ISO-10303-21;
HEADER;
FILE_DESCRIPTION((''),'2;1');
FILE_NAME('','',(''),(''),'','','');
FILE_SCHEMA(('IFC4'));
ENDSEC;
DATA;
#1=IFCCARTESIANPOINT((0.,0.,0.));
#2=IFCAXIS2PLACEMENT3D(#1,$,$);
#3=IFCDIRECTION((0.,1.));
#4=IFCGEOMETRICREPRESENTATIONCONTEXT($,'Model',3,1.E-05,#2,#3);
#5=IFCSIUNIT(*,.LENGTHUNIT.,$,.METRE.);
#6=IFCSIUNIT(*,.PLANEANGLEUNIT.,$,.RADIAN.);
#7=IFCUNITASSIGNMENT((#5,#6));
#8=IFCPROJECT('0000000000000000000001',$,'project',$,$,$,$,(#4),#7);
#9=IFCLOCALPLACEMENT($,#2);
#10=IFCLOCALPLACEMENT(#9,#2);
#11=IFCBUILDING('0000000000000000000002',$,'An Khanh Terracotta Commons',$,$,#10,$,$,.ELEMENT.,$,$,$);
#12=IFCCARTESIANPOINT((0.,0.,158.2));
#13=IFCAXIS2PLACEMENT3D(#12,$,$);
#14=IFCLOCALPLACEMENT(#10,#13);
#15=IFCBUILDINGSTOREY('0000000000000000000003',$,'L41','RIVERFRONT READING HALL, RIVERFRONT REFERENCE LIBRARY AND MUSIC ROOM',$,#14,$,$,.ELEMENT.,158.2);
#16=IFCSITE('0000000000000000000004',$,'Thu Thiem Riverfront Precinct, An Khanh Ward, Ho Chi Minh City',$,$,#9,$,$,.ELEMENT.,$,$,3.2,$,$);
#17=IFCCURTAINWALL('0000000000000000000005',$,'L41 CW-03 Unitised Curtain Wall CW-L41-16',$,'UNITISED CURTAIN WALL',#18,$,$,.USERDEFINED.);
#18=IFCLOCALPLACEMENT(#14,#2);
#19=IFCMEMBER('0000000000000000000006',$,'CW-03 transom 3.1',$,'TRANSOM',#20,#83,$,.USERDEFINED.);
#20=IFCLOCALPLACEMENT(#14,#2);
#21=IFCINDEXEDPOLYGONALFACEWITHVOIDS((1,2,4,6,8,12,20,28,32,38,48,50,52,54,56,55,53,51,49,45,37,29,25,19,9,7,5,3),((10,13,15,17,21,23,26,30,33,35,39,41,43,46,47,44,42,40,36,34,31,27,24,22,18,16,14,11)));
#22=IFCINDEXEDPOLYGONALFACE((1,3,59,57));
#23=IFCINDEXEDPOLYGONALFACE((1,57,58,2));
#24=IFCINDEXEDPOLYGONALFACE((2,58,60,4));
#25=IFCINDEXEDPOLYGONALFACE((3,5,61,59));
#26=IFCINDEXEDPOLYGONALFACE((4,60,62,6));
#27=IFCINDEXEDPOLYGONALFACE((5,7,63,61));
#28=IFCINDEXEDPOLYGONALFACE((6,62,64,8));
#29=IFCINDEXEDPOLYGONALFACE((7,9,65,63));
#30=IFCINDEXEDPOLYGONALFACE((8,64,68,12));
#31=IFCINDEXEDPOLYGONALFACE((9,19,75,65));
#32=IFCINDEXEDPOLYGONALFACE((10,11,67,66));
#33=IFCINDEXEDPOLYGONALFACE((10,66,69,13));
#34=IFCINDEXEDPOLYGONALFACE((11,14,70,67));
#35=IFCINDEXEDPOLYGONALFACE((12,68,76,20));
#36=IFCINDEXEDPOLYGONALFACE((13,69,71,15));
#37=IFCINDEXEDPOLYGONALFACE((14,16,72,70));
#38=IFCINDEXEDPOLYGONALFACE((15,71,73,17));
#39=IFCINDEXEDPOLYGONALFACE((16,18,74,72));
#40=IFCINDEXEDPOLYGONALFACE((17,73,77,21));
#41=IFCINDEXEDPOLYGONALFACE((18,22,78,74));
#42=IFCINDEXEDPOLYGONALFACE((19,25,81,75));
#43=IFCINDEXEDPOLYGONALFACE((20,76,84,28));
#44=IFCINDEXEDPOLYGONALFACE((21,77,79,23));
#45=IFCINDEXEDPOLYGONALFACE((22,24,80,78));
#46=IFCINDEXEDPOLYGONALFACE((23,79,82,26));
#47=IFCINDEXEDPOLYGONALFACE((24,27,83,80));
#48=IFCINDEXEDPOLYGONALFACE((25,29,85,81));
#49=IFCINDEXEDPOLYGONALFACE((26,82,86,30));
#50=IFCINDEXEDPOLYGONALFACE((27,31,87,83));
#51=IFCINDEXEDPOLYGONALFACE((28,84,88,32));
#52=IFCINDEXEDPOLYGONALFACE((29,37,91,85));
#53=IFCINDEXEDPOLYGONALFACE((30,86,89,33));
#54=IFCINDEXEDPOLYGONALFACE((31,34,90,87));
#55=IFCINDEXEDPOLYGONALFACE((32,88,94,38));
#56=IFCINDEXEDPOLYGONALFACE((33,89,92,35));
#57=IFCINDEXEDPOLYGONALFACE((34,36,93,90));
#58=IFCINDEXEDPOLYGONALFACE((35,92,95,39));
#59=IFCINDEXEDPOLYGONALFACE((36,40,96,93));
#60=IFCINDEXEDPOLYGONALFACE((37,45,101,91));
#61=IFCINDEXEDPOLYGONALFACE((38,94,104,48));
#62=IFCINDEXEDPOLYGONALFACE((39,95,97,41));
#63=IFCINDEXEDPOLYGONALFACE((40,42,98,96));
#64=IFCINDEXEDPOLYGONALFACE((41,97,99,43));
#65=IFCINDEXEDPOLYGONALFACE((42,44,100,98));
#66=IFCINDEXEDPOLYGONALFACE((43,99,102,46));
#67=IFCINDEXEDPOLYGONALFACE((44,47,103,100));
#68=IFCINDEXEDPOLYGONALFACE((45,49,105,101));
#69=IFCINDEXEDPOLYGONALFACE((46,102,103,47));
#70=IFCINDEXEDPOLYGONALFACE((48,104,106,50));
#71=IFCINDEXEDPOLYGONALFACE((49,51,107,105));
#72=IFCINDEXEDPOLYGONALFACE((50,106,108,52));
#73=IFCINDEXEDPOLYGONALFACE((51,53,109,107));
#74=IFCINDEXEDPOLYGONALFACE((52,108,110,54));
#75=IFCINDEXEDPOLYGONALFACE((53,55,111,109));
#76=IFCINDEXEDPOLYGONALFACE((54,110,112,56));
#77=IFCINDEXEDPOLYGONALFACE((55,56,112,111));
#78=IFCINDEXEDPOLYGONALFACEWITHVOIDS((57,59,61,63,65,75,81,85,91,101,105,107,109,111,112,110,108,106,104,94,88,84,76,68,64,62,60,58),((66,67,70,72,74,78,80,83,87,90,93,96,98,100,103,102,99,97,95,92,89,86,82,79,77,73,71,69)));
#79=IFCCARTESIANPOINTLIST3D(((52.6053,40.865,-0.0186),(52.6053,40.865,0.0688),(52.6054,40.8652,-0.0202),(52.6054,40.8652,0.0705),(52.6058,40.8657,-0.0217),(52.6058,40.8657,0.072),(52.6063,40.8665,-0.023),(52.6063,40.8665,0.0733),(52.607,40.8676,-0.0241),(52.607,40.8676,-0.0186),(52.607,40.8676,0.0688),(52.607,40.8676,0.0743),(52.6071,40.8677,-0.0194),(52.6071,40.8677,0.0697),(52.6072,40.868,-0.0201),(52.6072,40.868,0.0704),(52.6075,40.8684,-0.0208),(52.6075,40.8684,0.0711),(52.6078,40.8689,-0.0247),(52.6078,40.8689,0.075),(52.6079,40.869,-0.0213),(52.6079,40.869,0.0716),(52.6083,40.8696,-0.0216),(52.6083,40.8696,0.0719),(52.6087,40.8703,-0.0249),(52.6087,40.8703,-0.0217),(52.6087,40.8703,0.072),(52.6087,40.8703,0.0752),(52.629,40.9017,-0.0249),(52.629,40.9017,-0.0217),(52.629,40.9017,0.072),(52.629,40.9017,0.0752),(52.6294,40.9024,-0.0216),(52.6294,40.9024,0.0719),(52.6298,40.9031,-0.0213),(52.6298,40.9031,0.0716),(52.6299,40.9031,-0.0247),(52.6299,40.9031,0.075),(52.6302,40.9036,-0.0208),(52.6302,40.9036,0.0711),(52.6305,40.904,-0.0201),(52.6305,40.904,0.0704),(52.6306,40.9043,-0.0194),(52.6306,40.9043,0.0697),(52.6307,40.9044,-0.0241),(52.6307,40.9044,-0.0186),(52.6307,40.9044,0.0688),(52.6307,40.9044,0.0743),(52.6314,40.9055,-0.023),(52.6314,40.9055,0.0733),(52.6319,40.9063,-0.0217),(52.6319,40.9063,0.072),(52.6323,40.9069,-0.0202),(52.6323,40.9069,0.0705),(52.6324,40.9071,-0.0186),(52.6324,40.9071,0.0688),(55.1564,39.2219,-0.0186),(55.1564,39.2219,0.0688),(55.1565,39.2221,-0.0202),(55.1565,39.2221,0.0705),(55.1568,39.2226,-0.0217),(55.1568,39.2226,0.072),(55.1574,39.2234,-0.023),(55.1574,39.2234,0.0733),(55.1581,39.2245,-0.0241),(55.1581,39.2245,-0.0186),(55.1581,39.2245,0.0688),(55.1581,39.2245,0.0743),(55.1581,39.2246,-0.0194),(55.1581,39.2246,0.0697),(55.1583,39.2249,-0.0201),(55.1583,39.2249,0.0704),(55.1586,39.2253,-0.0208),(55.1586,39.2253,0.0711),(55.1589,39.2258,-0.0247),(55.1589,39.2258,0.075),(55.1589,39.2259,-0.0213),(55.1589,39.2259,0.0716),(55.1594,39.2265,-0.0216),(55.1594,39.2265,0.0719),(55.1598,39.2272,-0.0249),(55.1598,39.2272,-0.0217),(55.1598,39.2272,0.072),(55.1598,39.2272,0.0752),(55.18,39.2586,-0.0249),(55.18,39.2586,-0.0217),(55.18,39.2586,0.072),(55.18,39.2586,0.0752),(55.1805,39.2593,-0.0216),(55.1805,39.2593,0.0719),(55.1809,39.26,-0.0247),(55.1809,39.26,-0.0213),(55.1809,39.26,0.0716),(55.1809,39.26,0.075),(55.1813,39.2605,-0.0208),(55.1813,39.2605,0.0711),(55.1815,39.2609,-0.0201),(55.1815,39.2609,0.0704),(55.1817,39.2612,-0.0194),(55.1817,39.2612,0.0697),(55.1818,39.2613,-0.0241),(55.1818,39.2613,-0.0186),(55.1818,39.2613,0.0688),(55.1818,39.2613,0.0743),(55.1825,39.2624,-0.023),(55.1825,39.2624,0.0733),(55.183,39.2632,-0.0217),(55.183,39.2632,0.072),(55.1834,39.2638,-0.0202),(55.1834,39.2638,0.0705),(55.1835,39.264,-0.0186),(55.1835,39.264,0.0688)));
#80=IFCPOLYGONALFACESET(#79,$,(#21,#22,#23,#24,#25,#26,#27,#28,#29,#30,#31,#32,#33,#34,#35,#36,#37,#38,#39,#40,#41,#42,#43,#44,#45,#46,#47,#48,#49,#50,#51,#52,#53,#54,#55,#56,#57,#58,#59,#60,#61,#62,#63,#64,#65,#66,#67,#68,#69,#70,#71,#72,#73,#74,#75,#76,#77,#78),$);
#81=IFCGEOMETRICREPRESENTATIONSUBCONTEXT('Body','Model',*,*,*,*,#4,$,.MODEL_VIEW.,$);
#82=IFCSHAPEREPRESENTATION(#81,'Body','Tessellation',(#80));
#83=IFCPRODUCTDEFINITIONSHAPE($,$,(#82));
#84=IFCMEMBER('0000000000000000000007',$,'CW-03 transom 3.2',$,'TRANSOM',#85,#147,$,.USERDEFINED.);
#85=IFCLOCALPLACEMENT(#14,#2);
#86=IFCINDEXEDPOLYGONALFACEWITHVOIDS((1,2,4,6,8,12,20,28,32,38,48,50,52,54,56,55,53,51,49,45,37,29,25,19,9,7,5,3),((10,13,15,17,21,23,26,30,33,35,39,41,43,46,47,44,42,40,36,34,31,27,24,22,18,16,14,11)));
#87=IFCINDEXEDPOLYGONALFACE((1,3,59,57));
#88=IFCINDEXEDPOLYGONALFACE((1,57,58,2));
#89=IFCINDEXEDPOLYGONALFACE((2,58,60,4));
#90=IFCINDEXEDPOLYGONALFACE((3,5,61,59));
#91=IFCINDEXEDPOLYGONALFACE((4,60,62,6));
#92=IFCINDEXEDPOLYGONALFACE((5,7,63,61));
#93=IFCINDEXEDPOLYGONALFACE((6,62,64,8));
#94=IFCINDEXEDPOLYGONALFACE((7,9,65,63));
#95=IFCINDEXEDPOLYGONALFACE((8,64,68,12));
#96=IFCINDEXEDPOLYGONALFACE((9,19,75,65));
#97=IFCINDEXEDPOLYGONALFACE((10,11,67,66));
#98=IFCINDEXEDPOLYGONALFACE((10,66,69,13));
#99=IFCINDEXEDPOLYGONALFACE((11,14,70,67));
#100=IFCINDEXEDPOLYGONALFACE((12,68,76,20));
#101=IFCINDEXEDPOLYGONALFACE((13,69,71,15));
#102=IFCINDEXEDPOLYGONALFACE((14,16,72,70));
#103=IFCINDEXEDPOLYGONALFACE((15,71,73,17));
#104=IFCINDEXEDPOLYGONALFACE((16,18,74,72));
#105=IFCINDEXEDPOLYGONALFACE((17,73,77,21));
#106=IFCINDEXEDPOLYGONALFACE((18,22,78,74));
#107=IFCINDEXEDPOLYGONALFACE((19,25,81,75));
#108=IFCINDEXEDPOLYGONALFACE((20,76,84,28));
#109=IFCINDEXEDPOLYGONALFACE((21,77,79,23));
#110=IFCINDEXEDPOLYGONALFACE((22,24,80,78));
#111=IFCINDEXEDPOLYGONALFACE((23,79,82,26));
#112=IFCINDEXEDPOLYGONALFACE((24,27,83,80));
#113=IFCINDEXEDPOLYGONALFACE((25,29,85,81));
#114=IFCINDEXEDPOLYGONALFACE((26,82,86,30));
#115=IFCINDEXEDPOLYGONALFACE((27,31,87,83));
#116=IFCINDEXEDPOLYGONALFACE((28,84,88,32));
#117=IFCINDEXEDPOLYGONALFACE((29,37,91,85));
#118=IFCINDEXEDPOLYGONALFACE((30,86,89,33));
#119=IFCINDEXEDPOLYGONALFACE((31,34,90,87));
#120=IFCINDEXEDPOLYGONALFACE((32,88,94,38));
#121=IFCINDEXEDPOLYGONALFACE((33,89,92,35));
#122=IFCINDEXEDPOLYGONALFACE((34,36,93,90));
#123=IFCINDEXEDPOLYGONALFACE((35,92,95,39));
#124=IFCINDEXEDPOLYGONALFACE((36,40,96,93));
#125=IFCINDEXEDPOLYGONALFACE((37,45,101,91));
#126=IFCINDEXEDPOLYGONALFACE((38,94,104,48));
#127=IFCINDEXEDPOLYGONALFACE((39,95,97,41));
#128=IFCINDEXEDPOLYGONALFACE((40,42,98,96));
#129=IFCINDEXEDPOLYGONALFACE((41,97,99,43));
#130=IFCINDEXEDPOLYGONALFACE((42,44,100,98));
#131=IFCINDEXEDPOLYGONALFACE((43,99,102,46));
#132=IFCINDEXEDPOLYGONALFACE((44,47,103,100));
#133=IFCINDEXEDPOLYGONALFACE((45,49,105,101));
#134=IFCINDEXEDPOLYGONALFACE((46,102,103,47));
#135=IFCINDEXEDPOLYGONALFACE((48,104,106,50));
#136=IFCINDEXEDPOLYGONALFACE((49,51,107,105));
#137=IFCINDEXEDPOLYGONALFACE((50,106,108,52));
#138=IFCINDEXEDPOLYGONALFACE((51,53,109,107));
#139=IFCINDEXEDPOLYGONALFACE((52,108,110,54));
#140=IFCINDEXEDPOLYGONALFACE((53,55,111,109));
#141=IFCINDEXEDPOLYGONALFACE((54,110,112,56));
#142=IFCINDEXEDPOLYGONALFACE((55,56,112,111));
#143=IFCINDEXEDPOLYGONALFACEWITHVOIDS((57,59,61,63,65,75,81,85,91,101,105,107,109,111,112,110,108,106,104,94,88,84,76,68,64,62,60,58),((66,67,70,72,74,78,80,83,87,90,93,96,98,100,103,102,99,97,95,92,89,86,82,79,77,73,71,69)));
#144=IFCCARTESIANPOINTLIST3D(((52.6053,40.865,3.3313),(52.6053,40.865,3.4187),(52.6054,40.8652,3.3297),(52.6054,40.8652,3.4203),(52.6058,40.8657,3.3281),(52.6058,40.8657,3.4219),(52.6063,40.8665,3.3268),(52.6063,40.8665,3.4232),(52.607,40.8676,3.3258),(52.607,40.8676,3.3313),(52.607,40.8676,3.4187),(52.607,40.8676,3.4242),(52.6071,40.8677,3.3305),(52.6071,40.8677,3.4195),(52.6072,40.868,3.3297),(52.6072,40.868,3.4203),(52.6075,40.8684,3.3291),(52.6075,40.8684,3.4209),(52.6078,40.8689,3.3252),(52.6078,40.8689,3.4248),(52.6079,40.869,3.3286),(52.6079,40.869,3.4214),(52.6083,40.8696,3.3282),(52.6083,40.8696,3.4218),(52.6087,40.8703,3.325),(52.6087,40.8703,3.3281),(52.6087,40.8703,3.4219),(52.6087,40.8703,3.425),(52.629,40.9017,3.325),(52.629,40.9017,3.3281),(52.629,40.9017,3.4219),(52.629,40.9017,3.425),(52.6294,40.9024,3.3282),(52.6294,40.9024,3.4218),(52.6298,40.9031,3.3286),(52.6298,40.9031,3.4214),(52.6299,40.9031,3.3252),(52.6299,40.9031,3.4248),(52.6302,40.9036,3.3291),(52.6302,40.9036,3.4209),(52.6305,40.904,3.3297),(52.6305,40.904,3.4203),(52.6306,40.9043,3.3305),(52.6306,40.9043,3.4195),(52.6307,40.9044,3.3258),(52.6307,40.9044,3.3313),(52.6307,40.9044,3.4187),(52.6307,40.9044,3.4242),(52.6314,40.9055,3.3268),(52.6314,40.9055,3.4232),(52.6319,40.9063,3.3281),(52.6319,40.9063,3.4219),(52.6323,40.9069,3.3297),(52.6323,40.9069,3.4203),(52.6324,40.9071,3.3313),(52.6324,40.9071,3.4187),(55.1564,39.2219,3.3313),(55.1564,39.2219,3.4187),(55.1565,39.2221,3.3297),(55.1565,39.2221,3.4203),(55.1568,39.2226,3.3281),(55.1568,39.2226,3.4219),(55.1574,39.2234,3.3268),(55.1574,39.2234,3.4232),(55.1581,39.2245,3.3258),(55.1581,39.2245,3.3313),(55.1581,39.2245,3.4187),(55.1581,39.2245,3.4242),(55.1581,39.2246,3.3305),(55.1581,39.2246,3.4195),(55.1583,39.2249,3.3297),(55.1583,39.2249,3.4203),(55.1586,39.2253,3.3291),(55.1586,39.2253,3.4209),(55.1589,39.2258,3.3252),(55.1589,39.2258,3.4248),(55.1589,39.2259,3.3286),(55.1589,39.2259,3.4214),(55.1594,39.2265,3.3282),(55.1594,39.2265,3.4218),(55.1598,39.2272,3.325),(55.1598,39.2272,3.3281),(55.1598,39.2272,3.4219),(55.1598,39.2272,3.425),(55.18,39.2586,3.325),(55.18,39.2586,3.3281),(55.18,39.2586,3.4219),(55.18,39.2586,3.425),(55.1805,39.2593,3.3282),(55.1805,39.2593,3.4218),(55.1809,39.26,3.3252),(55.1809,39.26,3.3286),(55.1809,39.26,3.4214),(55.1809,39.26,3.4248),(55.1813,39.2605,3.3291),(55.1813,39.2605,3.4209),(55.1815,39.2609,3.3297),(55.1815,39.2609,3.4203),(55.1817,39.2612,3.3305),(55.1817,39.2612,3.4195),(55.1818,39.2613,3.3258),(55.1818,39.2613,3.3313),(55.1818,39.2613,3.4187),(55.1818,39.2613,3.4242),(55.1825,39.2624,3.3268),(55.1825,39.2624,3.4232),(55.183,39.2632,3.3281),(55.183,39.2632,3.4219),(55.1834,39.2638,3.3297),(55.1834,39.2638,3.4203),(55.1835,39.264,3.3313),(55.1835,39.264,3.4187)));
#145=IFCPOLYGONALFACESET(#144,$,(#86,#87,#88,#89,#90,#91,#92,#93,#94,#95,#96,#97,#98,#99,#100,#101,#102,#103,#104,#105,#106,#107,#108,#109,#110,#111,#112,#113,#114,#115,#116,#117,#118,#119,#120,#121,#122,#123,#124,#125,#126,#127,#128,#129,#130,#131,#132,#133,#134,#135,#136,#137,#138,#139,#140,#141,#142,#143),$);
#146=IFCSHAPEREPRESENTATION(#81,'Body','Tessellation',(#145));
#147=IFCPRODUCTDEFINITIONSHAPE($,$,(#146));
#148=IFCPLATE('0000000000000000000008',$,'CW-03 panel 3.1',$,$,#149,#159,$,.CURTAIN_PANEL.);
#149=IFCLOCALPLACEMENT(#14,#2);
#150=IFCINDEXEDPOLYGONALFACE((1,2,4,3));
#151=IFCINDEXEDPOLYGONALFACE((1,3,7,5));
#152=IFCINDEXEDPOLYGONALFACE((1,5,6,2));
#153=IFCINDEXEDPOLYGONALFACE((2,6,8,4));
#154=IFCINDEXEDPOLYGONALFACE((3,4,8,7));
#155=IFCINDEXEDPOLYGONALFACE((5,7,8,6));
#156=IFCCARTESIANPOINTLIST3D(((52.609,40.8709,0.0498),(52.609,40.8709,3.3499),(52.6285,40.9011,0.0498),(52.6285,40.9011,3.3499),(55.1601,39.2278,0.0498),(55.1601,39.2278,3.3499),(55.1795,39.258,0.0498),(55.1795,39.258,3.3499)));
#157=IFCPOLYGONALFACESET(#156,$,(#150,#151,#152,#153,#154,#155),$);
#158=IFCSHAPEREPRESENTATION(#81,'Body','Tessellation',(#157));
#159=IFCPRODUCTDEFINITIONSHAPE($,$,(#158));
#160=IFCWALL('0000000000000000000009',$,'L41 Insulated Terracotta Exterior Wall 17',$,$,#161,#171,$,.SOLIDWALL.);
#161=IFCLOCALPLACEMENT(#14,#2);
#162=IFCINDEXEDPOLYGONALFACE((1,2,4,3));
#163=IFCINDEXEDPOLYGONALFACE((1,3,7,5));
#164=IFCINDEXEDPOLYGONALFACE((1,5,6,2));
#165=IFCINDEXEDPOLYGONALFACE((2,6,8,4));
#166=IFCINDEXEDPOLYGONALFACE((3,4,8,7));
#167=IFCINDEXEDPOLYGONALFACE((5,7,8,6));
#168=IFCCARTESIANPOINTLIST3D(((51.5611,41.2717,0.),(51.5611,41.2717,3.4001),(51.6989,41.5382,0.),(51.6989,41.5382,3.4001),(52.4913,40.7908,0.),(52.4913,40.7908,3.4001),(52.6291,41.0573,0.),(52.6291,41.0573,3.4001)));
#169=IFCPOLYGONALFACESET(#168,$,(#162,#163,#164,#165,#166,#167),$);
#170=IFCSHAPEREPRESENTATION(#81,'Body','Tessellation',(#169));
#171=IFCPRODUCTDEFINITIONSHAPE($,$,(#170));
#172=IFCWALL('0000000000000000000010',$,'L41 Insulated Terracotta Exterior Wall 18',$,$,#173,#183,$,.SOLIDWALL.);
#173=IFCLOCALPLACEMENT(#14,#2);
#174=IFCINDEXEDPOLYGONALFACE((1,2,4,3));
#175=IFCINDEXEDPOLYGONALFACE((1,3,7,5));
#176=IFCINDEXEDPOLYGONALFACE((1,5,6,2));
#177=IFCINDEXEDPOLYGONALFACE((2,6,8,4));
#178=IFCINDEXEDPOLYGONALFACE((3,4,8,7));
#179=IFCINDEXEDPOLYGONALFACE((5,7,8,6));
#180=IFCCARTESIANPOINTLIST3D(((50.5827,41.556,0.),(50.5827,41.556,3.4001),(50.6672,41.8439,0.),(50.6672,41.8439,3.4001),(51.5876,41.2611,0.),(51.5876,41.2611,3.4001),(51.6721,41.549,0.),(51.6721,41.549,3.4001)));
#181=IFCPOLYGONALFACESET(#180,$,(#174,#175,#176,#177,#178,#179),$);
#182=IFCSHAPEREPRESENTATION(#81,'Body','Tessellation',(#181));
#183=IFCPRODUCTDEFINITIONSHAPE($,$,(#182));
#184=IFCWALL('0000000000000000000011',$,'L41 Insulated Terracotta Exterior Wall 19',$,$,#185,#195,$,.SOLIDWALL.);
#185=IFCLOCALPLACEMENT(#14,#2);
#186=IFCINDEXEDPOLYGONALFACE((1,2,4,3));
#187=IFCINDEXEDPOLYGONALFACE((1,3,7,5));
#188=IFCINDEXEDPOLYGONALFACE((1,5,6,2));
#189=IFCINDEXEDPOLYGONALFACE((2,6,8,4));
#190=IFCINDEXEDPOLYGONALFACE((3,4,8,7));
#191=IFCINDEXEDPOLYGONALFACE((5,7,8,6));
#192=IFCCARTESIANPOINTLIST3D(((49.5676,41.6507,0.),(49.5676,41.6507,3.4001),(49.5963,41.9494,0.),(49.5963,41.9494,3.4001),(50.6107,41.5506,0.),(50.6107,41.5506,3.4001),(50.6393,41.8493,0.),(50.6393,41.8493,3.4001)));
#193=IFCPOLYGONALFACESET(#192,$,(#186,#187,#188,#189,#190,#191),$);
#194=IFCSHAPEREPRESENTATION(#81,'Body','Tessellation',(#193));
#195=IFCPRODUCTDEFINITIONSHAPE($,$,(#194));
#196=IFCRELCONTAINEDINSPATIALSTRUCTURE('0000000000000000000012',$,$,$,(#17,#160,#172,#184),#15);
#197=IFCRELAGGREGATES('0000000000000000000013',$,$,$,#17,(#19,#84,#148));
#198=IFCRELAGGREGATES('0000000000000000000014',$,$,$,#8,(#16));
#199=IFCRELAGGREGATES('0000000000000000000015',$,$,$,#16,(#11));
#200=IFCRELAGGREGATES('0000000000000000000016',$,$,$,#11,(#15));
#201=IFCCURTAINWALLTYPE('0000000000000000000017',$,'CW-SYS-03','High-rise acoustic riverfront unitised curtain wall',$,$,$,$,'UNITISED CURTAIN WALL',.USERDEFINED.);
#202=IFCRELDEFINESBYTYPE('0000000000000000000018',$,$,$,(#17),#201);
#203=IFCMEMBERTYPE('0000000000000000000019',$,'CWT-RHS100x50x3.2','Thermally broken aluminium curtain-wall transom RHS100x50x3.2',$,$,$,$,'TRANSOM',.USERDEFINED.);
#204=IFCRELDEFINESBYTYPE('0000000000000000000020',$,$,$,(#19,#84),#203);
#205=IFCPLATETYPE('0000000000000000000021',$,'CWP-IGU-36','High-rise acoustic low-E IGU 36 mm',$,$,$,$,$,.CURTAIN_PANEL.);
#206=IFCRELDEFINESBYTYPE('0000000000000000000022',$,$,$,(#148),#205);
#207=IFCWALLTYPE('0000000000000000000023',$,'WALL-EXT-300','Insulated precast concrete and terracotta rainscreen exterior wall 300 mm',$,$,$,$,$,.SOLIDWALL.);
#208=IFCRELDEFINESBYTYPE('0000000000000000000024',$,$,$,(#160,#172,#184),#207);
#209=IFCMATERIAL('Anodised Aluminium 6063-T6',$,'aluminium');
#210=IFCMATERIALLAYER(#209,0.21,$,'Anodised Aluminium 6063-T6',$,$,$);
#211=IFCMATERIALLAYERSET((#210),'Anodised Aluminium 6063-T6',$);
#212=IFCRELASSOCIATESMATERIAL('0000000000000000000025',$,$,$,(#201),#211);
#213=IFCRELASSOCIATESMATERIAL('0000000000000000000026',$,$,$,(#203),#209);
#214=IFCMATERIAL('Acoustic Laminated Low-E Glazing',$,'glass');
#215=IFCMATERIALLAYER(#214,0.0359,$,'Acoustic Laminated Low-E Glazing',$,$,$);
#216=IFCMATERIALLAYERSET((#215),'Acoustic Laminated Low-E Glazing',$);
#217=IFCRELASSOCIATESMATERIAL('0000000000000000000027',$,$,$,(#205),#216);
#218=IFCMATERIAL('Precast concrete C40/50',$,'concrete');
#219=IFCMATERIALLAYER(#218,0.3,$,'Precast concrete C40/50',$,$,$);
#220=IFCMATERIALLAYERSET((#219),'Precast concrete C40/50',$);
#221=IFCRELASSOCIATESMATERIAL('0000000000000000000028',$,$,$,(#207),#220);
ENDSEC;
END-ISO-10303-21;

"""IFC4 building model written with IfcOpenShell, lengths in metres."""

from ifc_helpers import new_model, si_unit, direction, frame, frame_2d, origin, origin_2d, place, context, subcontext, project, spatial, rectangle, hollow_rectangle, extrude, material, layer, layer_set, material_profile, profile_set, type_object, element, aggregate, save


model = new_model("IFC4")

# Units and contexts
model_context = context("Model", 3, precision=1e-05, world=origin(), true_north=direction((0.0, 1.0)))
body_context = subcontext(model_context, "Body", "Model", "MODEL_VIEW")
ifc_project = project(units=[si_unit("LENGTHUNIT", "METRE"), si_unit("PLANEANGLEUNIT", "RADIAN")], contexts=[model_context])

# Site, building, storey
site_placement = place(None, origin())
site = spatial("IfcSite", under=ifc_project, at=site_placement, Name="Thu Thiem Riverfront Precinct, An Khanh Ward, Ho Chi Minh City", CompositionType="ELEMENT", RefElevation=3.2)
building_placement = place(site_placement, origin())
building = spatial("IfcBuilding", under=site, at=building_placement, Name="An Khanh Terracotta Commons", CompositionType="ELEMENT")
storey_placement = place(building_placement, frame((0.0, 0.0, 158.2)))
storey = spatial("IfcBuildingStorey", under=building, at=storey_placement, Name="L41", Description="RIVERFRONT READING HALL, RIVERFRONT REFERENCE LIBRARY AND MUSIC ROOM", CompositionType="ELEMENT", Elevation=158.2)

# Curtain wall, members, plate
ifc_material_1 = material(Name="Anodised Aluminium 6063-T6", Category="aluminium")
ifc_layer_1 = layer(ifc_material_1, 0.21, Name="Anodised Aluminium 6063-T6")
ifc_layer_set_1 = layer_set([ifc_layer_1], Name="Anodised Aluminium 6063-T6")
curtain_wall_type = type_object("IfcCurtainWallType", Name="CW-SYS-03", Description="High-rise acoustic riverfront unitised curtain wall", ElementType="UNITISED CURTAIN WALL", PredefinedType="USERDEFINED", material=ifc_layer_set_1)
curtain_wall_placement = place(storey_placement, origin())
curtain_wall = element("IfcCurtainWall", 1, at=curtain_wall_placement, inside=storey, type_object=curtain_wall_type, Name="L41 CW-03 Unitised Curtain Wall CW-L41-16", ObjectType="UNITISED CURTAIN WALL", PredefinedType="USERDEFINED")
ifc_material_profile_1 = material_profile(ifc_material_1, hollow_rectangle(XDim=0.05, YDim=0.1001, WallThickness=0.0032, InnerFilletRadius=0.0032, OuterFilletRadius=0.0063, at=origin_2d()), Name="RHS100x50x3.2")
ifc_profile_set_1 = profile_set([ifc_material_profile_1], Name="Anodised Aluminium 6063-T6")
member_type_1 = type_object("IfcMemberType", Name="CWT-RHS100x50x3.2", Description="Thermally broken aluminium curtain-wall transom RHS100x50x3.2", ElementType="TRANSOM", PredefinedType="USERDEFINED", material=ifc_profile_set_1)
member_1_placement = place(storey_placement, frame((55.1699, 39.2429, 0.0251), z_axis=(-0.84071, 0.541485, 0.0), x_axis=(-0.541485, -0.84071, 0.0)))
member_1 = element("IfcMember", 2, at=member_1_placement, type_object=member_type_1, Name="CW-03 transom 3.1", ObjectType="TRANSOM", PredefinedType="USERDEFINED", context=body_context, shape_type="SweptSolid", body=[
    extrude(hollow_rectangle(XDim=0.05, YDim=0.1001, WallThickness=0.0032, InnerFilletRadius=0.0032, OuterFilletRadius=0.0063, at=origin_2d()), origin(), (0.0, 0.0, 1.0), 3.0344),
])
member_2_placement = place(storey_placement, frame((55.1699, 39.2429, 3.375), z_axis=(-0.84071, 0.541485, 0.0), x_axis=(-0.541485, -0.84071, 0.0)))
member_2 = element("IfcMember", 3, at=member_2_placement, type_object=member_type_1, Name="CW-03 transom 3.2", ObjectType="TRANSOM", PredefinedType="USERDEFINED", context=body_context, shape_type="SweptSolid", body=[
    extrude(hollow_rectangle(XDim=0.05, YDim=0.1001, WallThickness=0.0032, InnerFilletRadius=0.0032, OuterFilletRadius=0.0063, at=origin_2d()), origin(), (0.0, 0.0, 1.0), 3.0344),
])
ifc_material_2 = material(Name="Acoustic Laminated Low-E Glazing", Category="glass")
ifc_layer_2 = layer(ifc_material_2, 0.0359, Name="Acoustic Laminated Low-E Glazing")
ifc_layer_set_2 = layer_set([ifc_layer_2], Name="Acoustic Laminated Low-E Glazing")
plate_type = type_object("IfcPlateType", Name="CWP-IGU-36", Description="High-rise acoustic low-E IGU 36 mm", PredefinedType="CURTAIN_PANEL", material=ifc_layer_set_2)
plate_placement = place(storey_placement, frame((53.8943, 40.0645, 0.0498), z_axis=(0.0, 0.0, 1.0), x_axis=(-0.840702, 0.541498, 0.0)))
plate = element("IfcPlate", 4, at=plate_placement, type_object=plate_type, Name="CW-03 panel 3.1", PredefinedType="CURTAIN_PANEL", context=body_context, shape_type="SweptSolid", body=[
    extrude(rectangle(XDim=3.0344, YDim=0.0359, at=origin_2d()), origin(), (0.0, 0.0, 1.0), 3.3),
])
aggregate(curtain_wall, [member_1, member_2, plate])

# Walls
ifc_material_3 = material(Name="Precast concrete C40/50", Category="concrete")
ifc_layer_3 = layer(ifc_material_3, 0.3, Name="Precast concrete C40/50")
ifc_layer_set_3 = layer_set([ifc_layer_3], Name="Precast concrete C40/50")
wall_type = type_object("IfcWallType", Name="WALL-EXT-300", Description="Insulated precast concrete and terracotta rainscreen exterior wall 300 mm", PredefinedType="SOLIDWALL", material=ifc_layer_set_3)
wall_1_placement = place(storey_placement, frame((52.5601, 40.9241, 0.0), z_axis=(0.0, 0.0, 1.0), x_axis=(-0.888283, 0.459296, 0.0)))
element("IfcWall", 5, at=wall_1_placement, inside=storey, type_object=wall_type, Name="L41 Insulated Terracotta Exterior Wall 17", PredefinedType="SOLIDWALL", context=body_context, shape_type="SweptSolid", body=[
    extrude(rectangle(XDim=1.0471, YDim=0.3, at=frame_2d((0.5234, 0.0))), origin(), (0.0, 0.0, 1.0), 3.4001),
])
wall_2_placement = place(storey_placement, frame((51.6299, 41.405, 0.0), z_axis=(0.0, 0.0, 1.0), x_axis=(-0.959529, 0.281611, 0.0)))
element("IfcWall", 6, at=wall_2_placement, inside=storey, type_object=wall_type, Name="L41 Insulated Terracotta Exterior Wall 18", PredefinedType="SOLIDWALL", context=body_context, shape_type="SweptSolid", body=[
    extrude(rectangle(XDim=1.0474, YDim=0.3, at=frame_2d((0.5237, 0.0))), origin(), (0.0, 0.0, 1.0), 3.4001),
])
wall_3_placement = place(storey_placement, frame((50.625, 41.7, 0.0), z_axis=(0.0, 0.0, 1.0), x_axis=(-0.995426, 0.095535, 0.0)))
element("IfcWall", 7, at=wall_3_placement, inside=storey, type_object=wall_type, Name="L41 Insulated Terracotta Exterior Wall 19", PredefinedType="SOLIDWALL", context=body_context, shape_type="SweptSolid", body=[
    extrude(rectangle(XDim=1.0479, YDim=0.3, at=frame_2d((0.5239, 0.0))), origin(), (0.0, 0.0, 1.0), 3.4001),
])

save(model, "model.ifc")
